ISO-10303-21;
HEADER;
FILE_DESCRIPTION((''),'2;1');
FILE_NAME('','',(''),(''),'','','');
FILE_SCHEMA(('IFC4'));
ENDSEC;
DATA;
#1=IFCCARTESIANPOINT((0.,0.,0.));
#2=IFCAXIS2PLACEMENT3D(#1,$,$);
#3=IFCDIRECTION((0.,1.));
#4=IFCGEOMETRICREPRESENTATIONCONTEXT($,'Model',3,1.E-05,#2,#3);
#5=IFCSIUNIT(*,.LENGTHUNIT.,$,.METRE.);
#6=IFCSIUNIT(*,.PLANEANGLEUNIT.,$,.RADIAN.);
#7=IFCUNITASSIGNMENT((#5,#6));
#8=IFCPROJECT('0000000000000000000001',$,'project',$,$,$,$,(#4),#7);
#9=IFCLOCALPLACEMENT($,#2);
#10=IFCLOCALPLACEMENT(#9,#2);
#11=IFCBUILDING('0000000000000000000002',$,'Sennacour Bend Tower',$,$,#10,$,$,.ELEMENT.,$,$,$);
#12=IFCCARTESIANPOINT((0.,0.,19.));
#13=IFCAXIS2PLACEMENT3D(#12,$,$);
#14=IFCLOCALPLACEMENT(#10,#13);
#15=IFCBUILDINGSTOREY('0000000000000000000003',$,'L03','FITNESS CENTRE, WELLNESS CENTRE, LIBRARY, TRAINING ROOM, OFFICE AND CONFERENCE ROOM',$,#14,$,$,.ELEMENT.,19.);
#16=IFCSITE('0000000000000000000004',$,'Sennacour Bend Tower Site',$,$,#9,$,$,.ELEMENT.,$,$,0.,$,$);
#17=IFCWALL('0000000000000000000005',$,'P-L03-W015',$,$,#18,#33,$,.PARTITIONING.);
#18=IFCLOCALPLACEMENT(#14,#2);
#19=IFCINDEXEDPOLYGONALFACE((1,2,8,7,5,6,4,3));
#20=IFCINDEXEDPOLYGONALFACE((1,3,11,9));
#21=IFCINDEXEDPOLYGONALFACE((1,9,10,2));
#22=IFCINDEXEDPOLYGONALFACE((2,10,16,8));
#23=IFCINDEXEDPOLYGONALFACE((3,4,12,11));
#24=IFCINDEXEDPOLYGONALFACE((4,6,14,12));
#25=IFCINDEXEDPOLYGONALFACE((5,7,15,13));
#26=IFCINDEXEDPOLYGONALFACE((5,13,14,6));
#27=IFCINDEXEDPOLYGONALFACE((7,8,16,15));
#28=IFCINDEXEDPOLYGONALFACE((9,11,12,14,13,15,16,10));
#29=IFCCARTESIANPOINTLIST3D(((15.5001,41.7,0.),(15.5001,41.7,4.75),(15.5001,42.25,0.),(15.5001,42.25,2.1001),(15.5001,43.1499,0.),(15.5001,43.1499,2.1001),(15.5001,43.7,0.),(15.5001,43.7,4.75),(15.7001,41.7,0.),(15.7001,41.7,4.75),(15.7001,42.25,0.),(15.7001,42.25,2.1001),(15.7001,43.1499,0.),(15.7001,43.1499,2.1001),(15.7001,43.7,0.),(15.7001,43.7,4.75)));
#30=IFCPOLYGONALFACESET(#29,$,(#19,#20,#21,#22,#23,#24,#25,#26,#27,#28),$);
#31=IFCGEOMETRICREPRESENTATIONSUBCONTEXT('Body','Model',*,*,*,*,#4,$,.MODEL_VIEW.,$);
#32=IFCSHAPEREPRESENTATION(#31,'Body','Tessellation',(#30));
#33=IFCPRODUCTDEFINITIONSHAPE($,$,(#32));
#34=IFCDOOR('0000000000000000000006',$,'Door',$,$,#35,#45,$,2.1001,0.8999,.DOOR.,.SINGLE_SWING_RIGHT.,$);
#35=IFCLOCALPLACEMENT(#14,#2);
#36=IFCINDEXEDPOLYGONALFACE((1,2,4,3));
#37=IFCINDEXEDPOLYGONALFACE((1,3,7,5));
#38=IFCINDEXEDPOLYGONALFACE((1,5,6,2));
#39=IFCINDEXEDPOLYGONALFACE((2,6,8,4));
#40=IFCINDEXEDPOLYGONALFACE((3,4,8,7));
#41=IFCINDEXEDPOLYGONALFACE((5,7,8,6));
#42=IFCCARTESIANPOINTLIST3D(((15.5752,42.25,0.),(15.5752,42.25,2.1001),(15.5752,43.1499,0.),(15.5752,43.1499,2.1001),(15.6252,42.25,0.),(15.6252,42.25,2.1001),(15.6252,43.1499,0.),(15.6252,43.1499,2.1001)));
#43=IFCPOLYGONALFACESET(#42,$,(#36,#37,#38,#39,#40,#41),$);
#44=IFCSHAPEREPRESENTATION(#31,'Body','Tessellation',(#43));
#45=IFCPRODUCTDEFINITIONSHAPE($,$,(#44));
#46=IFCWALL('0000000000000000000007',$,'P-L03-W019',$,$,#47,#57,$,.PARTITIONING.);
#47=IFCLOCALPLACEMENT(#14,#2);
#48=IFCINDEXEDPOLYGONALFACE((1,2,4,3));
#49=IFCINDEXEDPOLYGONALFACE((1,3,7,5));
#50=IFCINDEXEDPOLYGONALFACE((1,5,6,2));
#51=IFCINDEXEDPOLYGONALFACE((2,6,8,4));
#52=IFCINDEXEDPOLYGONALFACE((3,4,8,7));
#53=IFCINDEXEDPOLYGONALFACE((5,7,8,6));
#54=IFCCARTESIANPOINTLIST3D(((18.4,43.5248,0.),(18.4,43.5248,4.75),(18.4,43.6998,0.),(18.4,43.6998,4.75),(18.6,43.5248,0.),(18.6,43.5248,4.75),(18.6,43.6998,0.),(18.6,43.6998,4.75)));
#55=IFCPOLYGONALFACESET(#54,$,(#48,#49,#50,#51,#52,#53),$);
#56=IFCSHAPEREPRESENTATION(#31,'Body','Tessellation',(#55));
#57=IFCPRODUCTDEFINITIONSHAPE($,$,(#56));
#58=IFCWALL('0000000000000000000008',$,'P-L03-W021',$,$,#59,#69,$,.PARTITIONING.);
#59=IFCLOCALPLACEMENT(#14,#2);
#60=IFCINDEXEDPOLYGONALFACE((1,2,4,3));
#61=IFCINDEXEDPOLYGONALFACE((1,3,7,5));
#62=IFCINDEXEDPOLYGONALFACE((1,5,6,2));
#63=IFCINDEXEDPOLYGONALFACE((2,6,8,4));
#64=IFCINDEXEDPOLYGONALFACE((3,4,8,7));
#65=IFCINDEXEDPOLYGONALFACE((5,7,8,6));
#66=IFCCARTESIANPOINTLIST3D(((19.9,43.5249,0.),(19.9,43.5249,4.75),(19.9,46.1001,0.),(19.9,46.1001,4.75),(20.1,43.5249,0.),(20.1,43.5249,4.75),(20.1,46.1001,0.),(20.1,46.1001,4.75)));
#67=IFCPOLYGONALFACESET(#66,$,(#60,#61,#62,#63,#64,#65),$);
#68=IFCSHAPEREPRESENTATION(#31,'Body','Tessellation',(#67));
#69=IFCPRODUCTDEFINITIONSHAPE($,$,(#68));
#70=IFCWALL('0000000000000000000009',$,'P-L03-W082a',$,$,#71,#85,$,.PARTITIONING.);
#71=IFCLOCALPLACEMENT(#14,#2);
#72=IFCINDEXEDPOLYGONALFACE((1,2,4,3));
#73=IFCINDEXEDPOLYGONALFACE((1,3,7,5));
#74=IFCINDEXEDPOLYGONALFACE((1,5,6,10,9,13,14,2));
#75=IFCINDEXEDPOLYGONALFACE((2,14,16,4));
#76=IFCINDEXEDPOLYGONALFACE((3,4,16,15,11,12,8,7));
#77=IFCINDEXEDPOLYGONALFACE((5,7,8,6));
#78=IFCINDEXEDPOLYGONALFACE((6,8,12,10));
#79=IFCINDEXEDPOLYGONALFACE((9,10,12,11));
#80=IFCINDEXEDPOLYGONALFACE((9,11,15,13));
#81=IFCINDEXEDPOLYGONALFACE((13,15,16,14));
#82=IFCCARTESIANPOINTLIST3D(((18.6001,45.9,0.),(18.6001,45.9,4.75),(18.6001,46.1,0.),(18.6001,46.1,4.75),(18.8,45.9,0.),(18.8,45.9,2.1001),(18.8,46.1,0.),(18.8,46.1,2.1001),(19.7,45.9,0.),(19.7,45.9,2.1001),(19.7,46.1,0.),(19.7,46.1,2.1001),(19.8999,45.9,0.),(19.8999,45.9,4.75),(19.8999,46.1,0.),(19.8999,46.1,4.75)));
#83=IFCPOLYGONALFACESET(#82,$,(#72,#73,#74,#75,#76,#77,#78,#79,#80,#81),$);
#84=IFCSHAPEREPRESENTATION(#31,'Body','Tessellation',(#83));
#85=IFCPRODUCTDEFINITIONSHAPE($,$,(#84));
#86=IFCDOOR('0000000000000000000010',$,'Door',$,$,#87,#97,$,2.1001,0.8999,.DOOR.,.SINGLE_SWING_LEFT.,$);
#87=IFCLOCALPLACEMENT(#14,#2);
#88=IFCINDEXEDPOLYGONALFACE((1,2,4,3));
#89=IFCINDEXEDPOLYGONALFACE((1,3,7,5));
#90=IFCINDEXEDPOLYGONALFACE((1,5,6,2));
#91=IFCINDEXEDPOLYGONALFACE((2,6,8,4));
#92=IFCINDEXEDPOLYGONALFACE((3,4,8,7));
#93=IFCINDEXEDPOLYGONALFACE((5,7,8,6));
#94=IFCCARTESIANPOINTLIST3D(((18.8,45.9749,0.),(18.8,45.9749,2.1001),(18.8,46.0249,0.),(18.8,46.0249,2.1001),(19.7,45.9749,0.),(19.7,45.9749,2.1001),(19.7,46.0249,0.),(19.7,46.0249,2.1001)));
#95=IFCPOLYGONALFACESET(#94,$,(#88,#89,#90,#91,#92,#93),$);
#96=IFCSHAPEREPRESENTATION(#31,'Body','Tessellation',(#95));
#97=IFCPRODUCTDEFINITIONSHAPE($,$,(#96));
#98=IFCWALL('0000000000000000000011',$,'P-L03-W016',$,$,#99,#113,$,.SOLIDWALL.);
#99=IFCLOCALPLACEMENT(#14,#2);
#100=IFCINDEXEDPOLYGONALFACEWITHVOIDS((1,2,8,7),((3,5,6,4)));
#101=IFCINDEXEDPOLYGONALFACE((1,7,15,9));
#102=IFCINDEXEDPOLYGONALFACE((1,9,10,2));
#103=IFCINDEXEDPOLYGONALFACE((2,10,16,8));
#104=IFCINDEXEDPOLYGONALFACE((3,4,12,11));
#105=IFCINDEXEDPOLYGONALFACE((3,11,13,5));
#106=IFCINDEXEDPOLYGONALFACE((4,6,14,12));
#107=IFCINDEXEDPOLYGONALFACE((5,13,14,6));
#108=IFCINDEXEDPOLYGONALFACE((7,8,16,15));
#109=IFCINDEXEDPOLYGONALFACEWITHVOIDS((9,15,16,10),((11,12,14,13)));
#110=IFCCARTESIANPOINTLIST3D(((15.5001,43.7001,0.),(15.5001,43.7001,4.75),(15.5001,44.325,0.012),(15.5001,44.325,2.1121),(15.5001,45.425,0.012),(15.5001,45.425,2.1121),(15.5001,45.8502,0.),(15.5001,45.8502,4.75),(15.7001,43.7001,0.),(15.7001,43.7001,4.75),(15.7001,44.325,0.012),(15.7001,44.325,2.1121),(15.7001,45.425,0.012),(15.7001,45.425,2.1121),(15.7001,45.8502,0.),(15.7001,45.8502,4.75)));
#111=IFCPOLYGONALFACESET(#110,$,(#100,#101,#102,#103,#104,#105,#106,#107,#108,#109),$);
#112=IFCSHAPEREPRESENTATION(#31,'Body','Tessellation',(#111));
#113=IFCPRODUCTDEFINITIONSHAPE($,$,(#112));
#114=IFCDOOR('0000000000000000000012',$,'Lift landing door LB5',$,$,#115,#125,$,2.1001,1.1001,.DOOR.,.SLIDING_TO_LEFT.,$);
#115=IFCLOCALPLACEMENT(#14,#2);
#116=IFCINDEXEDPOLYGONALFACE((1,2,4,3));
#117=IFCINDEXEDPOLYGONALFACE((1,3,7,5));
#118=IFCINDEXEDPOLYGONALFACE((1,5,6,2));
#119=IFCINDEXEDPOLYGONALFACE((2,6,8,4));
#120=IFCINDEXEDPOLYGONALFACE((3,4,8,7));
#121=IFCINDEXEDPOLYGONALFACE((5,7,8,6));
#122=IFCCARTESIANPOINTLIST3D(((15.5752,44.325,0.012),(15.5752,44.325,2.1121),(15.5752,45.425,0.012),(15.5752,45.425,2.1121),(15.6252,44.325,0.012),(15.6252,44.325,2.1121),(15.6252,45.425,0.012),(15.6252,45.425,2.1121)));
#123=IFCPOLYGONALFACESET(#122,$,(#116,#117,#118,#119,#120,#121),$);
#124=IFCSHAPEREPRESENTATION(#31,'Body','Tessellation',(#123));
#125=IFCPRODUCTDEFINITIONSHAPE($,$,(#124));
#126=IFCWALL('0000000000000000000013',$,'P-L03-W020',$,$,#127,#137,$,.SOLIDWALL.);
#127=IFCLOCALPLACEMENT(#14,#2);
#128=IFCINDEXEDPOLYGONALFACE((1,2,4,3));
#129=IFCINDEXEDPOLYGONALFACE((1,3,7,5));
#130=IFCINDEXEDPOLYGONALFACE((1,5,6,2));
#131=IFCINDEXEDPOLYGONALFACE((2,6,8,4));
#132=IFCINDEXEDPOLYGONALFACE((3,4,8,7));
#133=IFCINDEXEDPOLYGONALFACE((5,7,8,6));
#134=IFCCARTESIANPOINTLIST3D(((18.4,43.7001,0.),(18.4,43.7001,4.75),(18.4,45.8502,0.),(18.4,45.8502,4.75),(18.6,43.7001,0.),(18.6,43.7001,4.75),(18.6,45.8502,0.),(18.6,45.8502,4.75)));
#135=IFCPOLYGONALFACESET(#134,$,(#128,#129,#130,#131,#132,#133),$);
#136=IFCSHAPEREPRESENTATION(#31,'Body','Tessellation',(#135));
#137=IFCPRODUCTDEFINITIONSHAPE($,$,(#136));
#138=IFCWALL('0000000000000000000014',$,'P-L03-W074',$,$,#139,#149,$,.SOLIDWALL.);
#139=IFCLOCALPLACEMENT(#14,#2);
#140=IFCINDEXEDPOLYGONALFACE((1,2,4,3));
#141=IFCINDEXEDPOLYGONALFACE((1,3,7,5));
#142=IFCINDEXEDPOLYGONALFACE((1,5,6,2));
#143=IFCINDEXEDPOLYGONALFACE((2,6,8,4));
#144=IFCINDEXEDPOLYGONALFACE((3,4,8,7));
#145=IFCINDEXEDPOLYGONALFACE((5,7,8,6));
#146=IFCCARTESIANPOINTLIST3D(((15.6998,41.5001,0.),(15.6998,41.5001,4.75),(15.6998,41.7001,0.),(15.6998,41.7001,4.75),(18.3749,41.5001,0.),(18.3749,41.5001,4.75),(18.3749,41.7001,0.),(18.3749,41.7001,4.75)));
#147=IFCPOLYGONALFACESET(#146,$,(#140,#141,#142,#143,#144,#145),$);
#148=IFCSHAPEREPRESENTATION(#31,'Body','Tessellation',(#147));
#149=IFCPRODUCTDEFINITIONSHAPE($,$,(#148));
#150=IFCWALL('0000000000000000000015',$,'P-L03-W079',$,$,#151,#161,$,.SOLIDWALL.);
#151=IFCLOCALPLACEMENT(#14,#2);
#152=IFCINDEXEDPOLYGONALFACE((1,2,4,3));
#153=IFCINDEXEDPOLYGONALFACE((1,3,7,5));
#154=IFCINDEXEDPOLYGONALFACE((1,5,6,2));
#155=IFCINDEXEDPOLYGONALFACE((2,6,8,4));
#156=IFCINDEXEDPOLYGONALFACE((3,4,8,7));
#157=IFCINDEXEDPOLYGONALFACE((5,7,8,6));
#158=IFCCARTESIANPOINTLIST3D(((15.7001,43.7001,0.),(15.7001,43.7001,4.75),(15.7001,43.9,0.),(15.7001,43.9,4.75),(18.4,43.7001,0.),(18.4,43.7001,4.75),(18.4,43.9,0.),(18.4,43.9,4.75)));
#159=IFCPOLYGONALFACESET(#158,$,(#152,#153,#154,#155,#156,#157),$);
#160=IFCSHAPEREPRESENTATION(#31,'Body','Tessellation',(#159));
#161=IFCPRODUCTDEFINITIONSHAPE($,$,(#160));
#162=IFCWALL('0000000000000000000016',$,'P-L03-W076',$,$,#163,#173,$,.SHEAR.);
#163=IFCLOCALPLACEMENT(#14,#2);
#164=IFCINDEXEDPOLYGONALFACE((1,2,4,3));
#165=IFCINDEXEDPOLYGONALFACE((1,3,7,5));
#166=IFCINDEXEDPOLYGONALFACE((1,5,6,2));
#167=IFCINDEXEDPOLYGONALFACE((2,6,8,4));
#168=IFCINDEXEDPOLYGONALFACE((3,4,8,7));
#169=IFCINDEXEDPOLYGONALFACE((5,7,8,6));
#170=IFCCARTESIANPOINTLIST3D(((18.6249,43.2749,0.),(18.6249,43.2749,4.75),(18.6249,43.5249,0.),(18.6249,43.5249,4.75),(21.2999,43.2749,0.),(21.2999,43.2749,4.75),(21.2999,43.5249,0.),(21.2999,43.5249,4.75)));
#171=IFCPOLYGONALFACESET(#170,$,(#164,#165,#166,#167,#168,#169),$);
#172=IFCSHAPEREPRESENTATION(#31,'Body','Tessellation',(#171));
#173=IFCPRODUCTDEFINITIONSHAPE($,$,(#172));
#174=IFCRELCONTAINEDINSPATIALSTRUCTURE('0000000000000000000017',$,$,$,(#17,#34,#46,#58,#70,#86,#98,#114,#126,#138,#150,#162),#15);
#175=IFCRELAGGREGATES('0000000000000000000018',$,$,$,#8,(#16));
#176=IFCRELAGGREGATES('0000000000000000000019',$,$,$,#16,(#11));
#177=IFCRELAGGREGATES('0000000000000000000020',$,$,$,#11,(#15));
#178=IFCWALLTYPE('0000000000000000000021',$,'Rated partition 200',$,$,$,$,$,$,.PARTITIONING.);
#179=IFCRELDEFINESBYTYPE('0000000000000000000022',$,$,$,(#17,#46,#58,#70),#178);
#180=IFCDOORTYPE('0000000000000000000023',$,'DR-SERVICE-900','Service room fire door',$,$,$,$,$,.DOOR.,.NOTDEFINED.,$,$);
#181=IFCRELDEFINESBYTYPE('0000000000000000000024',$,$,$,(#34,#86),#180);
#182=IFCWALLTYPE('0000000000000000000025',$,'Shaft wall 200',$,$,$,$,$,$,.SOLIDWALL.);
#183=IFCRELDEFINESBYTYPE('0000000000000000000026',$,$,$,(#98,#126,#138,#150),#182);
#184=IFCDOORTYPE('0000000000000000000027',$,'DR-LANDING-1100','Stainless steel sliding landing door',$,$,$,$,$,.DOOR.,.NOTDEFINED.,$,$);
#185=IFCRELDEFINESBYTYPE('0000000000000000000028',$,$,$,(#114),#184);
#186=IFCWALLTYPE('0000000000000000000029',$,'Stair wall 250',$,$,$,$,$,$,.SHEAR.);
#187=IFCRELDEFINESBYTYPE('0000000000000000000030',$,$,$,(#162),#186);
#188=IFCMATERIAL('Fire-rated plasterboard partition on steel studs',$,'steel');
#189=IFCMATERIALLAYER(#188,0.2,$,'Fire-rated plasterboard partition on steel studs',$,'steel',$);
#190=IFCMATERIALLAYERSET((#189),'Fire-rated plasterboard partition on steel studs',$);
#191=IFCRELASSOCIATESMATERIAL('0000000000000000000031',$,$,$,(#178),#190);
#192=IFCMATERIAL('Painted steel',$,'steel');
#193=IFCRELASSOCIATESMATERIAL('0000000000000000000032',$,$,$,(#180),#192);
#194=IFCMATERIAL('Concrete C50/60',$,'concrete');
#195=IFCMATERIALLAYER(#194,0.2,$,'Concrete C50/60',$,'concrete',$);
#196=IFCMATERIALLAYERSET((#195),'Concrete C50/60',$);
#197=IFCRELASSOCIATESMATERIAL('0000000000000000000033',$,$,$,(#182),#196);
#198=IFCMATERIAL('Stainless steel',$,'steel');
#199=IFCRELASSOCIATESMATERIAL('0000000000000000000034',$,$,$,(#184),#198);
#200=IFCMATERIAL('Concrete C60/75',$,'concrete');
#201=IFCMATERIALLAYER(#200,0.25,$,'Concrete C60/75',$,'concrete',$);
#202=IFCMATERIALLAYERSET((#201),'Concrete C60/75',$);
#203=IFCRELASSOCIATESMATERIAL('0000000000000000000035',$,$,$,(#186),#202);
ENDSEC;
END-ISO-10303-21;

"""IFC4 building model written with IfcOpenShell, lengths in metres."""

from ifc_helpers import new_model, si_unit, direction, frame, frame_2d, origin, place, context, subcontext, project, spatial, rectangle, extrude, material, layer, layer_set, type_object, element, fill, save


model = new_model("IFC4")

# Units and contexts
model_context = context("Model", 3, precision=1e-05, world=origin(), true_north=direction((0.0, 1.0)))
body_context = subcontext(model_context, "Body", "Model", "MODEL_VIEW")
ifc_project = project(units=[si_unit("LENGTHUNIT", "METRE"), si_unit("PLANEANGLEUNIT", "RADIAN")], contexts=[model_context])

# Site, building, storey
site_placement = place(None, origin())
site = spatial("IfcSite", under=ifc_project, at=site_placement, Name="Sennacour Bend Tower Site", CompositionType="ELEMENT", RefElevation=0.0)
building_placement = place(site_placement, origin())
building = spatial("IfcBuilding", under=site, at=building_placement, Name="Sennacour Bend Tower", CompositionType="ELEMENT")
storey_placement = place(building_placement, frame((0.0, 0.0, 19.0)))
storey = spatial("IfcBuildingStorey", under=building, at=storey_placement, Name="L03", Description="FITNESS CENTRE, WELLNESS CENTRE, LIBRARY, TRAINING ROOM, OFFICE AND CONFERENCE ROOM", CompositionType="ELEMENT", Elevation=19.0)

# Wall, opening, door
ifc_material_1 = material(Name="Fire-rated plasterboard partition on steel studs", Category="steel")
ifc_layer_1 = layer(ifc_material_1, 0.2, Name="Fire-rated plasterboard partition on steel studs", Category="steel")
ifc_layer_set_1 = layer_set([ifc_layer_1], Name="Fire-rated plasterboard partition on steel studs")
wall_type_1 = type_object("IfcWallType", Name="Rated partition 200", PredefinedType="PARTITIONING", material=ifc_layer_set_1)
wall_1_placement = place(storey_placement, frame((15.6001, 41.7, 0.0), z_axis=(0.0, 0.0, 1.0), x_axis=(0.0, 1.0, 0.0)))
wall_1 = element("IfcWall", 1, at=wall_1_placement, inside=storey, type_object=wall_type_1, Name="P-L03-W015", PredefinedType="PARTITIONING", context=body_context, shape_type="SweptSolid", body=[
    extrude(rectangle(XDim=2.0, YDim=0.2, at=frame_2d((1.0, 0.0))), origin(), (0.0, 0.0, 1.0), 4.75),
])
opening_1_placement = place(wall_1_placement, frame((0.55, 0.0, 0.0)))
opening_1 = element("IfcOpeningElement", 2, at=opening_1_placement, cuts=wall_1, PredefinedType="OPENING", context=body_context, shape_type="SweptSolid", body=[
    extrude(rectangle(XDim=0.8999, YDim=2.1001, at=frame_2d((0.45, 1.05))), frame((0.0, 0.1099, 0.0), z_axis=(0.0, -1.0, 0.0), x_axis=(1.0, 0.0, 0.0)), (0.0, 0.0, 1.0), 0.22),
])
ifc_material_2 = material(Name="Painted steel", Category="steel")
door_type_1 = type_object("IfcDoorType", Name="DR-SERVICE-900", Description="Service room fire door", OperationType="NOTDEFINED", PredefinedType="DOOR", material=ifc_material_2)
door_1_placement = place(opening_1_placement, origin())
door_1 = element("IfcDoor", 3, at=door_1_placement, inside=storey, type_object=door_type_1, Name="Door", OperationType="SINGLE_SWING_RIGHT", OverallHeight=2.1001, OverallWidth=0.8999, PredefinedType="DOOR", context=body_context, shape_type="SweptSolid", body=[
    extrude(rectangle(XDim=0.8999, YDim=2.1001, at=frame_2d((0.45, 1.05))), frame((0.0, 0.0249, 0.0), z_axis=(0.0, -1.0, 0.0), x_axis=(1.0, 0.0, 0.0)), (0.0, 0.0, 1.0), 0.05),
])
fill(opening_1, door_1)

# Walls
wall_2_placement = place(storey_placement, frame((18.5, 43.5249, 0.0), z_axis=(0.0, 0.0, 1.0), x_axis=(0.0, 1.0, 0.0)))
element("IfcWall", 4, at=wall_2_placement, inside=storey, type_object=wall_type_1, Name="P-L03-W019", PredefinedType="PARTITIONING", context=body_context, shape_type="SweptSolid", body=[
    extrude(rectangle(XDim=0.175, YDim=0.2, at=frame_2d((0.0874, 0.0))), origin(), (0.0, 0.0, 1.0), 4.75),
])
wall_3_placement = place(storey_placement, frame((20.0, 43.5249, 0.0), z_axis=(0.0, 0.0, 1.0), x_axis=(0.0, 1.0, 0.0)))
element("IfcWall", 5, at=wall_3_placement, inside=storey, type_object=wall_type_1, Name="P-L03-W021", PredefinedType="PARTITIONING", context=body_context, shape_type="SweptSolid", body=[
    extrude(rectangle(XDim=2.5752, YDim=0.2, at=frame_2d((1.2876, 0.0))), origin(), (0.0, 0.0, 1.0), 4.75),
])

# Walls, openings, doors
wall_4_placement = place(storey_placement, frame((18.6001, 46.0, 0.0), z_axis=(0.0, 0.0, 1.0), x_axis=(1.0, 0.0, 0.0)))
wall_4 = element("IfcWall", 6, at=wall_4_placement, inside=storey, type_object=wall_type_1, Name="P-L03-W082a", PredefinedType="PARTITIONING", context=body_context, shape_type="SweptSolid", body=[
    extrude(rectangle(XDim=1.2998, YDim=0.2, at=frame_2d((0.6499, 0.0))), origin(), (0.0, 0.0, 1.0), 4.75),
])
opening_2_placement = place(wall_4_placement, frame((0.2, 0.0, 0.0)))
opening_2 = element("IfcOpeningElement", 7, at=opening_2_placement, cuts=wall_4, PredefinedType="OPENING", context=body_context, shape_type="SweptSolid", body=[
    extrude(rectangle(XDim=0.8999, YDim=2.1001, at=frame_2d((0.45, 1.05))), frame((0.0, 0.1099, 0.0), z_axis=(0.0, -1.0, 0.0), x_axis=(1.0, 0.0, 0.0)), (0.0, 0.0, 1.0), 0.22),
])
door_2_placement = place(opening_2_placement, origin())
door_2 = element("IfcDoor", 8, at=door_2_placement, inside=storey, type_object=door_type_1, Name="Door", OperationType="SINGLE_SWING_LEFT", OverallHeight=2.1001, OverallWidth=0.8999, PredefinedType="DOOR", context=body_context, shape_type="SweptSolid", body=[
    extrude(rectangle(XDim=0.8999, YDim=2.1001, at=frame_2d((0.45, 1.05))), frame((0.0, 0.0249, 0.0), z_axis=(0.0, -1.0, 0.0), x_axis=(1.0, 0.0, 0.0)), (0.0, 0.0, 1.0), 0.05),
])
fill(opening_2, door_2)
ifc_material_3 = material(Name="Concrete C50/60", Category="concrete")
ifc_layer_2 = layer(ifc_material_3, 0.2, Name="Concrete C50/60", Category="concrete")
ifc_layer_set_2 = layer_set([ifc_layer_2], Name="Concrete C50/60")
wall_type_2 = type_object("IfcWallType", Name="Shaft wall 200", PredefinedType="SOLIDWALL", material=ifc_layer_set_2)
wall_5_placement = place(storey_placement, frame((15.6001, 43.7, 0.0), z_axis=(0.0, 0.0, 1.0), x_axis=(0.0, 1.0, 0.0)))
wall_5 = element("IfcWall", 9, at=wall_5_placement, inside=storey, type_object=wall_type_2, Name="P-L03-W016", PredefinedType="SOLIDWALL", context=body_context, shape_type="SweptSolid", body=[
    extrude(rectangle(XDim=2.1501, YDim=0.2, at=frame_2d((1.0752, 0.0))), origin(), (0.0, 0.0, 1.0), 4.75),
])
opening_3_placement = place(wall_5_placement, frame((0.625, 0.0, 0.012)))
opening_3 = element("IfcOpeningElement", 10, at=opening_3_placement, cuts=wall_5, PredefinedType="OPENING", context=body_context, shape_type="SweptSolid", body=[
    extrude(rectangle(XDim=1.1001, YDim=2.1001, at=frame_2d((0.55, 1.05))), frame((0.0, 0.1099, 0.0), z_axis=(0.0, -1.0, 0.0), x_axis=(1.0, 0.0, 0.0)), (0.0, 0.0, 1.0), 0.22),
])
ifc_material_4 = material(Name="Stainless steel", Category="steel")
door_type_2 = type_object("IfcDoorType", Name="DR-LANDING-1100", Description="Stainless steel sliding landing door", OperationType="NOTDEFINED", PredefinedType="DOOR", material=ifc_material_4)
door_3_placement = place(opening_3_placement, origin())
door_3 = element("IfcDoor", 11, at=door_3_placement, inside=storey, type_object=door_type_2, Name="Lift landing door LB5", OperationType="SLIDING_TO_LEFT", OverallHeight=2.1001, OverallWidth=1.1001, PredefinedType="DOOR", context=body_context, shape_type="SweptSolid", body=[
    extrude(rectangle(XDim=1.1001, YDim=2.1001, at=frame_2d((0.55, 1.05))), frame((0.0, 0.0249, 0.0), z_axis=(0.0, -1.0, 0.0), x_axis=(1.0, 0.0, 0.0)), (0.0, 0.0, 1.0), 0.05),
])
fill(opening_3, door_3)

# Walls
wall_6_placement = place(storey_placement, frame((18.5, 43.7, 0.0), z_axis=(0.0, 0.0, 1.0), x_axis=(0.0, 1.0, 0.0)))
element("IfcWall", 12, at=wall_6_placement, inside=storey, type_object=wall_type_2, Name="P-L03-W020", PredefinedType="SOLIDWALL", context=body_context, shape_type="SweptSolid", body=[
    extrude(rectangle(XDim=2.1501, YDim=0.2, at=frame_2d((1.0752, 0.0))), origin(), (0.0, 0.0, 1.0), 4.75),
])
wall_7_placement = place(storey_placement, frame((15.7, 41.6001, 0.0), z_axis=(0.0, 0.0, 1.0), x_axis=(1.0, 0.0, 0.0)))
element("IfcWall", 13, at=wall_7_placement, inside=storey, type_object=wall_type_2, Name="P-L03-W074", PredefinedType="SOLIDWALL", context=body_context, shape_type="SweptSolid", body=[
    extrude(rectangle(XDim=2.675, YDim=0.2, at=frame_2d((1.3374, 0.0))), origin(), (0.0, 0.0, 1.0), 4.75),
])
wall_8_placement = place(storey_placement, frame((15.7, 43.8, 0.0), z_axis=(0.0, 0.0, 1.0), x_axis=(1.0, 0.0, 0.0)))
element("IfcWall", 14, at=wall_8_placement, inside=storey, type_object=wall_type_2, Name="P-L03-W079", PredefinedType="SOLIDWALL", context=body_context, shape_type="SweptSolid", body=[
    extrude(rectangle(XDim=2.7, YDim=0.2, at=frame_2d((1.3501, 0.0))), origin(), (0.0, 0.0, 1.0), 4.75),
])
ifc_material_5 = material(Name="Concrete C60/75", Category="concrete")
ifc_layer_3 = layer(ifc_material_5, 0.25, Name="Concrete C60/75", Category="concrete")
ifc_layer_set_3 = layer_set([ifc_layer_3], Name="Concrete C60/75")
wall_type_3 = type_object("IfcWallType", Name="Stair wall 250", PredefinedType="SHEAR", material=ifc_layer_set_3)
wall_9_placement = place(storey_placement, frame((18.625, 43.3999, 0.0), z_axis=(0.0, 0.0, 1.0), x_axis=(1.0, 0.0, 0.0)))
element("IfcWall", 15, at=wall_9_placement, inside=storey, type_object=wall_type_3, Name="P-L03-W076", PredefinedType="SHEAR", context=body_context, shape_type="SweptSolid", body=[
    extrude(rectangle(XDim=2.675, YDim=0.25, at=frame_2d((1.3374, 0.0))), origin(), (0.0, 0.0, 1.0), 4.75),
])

save(model, "model.ifc")
